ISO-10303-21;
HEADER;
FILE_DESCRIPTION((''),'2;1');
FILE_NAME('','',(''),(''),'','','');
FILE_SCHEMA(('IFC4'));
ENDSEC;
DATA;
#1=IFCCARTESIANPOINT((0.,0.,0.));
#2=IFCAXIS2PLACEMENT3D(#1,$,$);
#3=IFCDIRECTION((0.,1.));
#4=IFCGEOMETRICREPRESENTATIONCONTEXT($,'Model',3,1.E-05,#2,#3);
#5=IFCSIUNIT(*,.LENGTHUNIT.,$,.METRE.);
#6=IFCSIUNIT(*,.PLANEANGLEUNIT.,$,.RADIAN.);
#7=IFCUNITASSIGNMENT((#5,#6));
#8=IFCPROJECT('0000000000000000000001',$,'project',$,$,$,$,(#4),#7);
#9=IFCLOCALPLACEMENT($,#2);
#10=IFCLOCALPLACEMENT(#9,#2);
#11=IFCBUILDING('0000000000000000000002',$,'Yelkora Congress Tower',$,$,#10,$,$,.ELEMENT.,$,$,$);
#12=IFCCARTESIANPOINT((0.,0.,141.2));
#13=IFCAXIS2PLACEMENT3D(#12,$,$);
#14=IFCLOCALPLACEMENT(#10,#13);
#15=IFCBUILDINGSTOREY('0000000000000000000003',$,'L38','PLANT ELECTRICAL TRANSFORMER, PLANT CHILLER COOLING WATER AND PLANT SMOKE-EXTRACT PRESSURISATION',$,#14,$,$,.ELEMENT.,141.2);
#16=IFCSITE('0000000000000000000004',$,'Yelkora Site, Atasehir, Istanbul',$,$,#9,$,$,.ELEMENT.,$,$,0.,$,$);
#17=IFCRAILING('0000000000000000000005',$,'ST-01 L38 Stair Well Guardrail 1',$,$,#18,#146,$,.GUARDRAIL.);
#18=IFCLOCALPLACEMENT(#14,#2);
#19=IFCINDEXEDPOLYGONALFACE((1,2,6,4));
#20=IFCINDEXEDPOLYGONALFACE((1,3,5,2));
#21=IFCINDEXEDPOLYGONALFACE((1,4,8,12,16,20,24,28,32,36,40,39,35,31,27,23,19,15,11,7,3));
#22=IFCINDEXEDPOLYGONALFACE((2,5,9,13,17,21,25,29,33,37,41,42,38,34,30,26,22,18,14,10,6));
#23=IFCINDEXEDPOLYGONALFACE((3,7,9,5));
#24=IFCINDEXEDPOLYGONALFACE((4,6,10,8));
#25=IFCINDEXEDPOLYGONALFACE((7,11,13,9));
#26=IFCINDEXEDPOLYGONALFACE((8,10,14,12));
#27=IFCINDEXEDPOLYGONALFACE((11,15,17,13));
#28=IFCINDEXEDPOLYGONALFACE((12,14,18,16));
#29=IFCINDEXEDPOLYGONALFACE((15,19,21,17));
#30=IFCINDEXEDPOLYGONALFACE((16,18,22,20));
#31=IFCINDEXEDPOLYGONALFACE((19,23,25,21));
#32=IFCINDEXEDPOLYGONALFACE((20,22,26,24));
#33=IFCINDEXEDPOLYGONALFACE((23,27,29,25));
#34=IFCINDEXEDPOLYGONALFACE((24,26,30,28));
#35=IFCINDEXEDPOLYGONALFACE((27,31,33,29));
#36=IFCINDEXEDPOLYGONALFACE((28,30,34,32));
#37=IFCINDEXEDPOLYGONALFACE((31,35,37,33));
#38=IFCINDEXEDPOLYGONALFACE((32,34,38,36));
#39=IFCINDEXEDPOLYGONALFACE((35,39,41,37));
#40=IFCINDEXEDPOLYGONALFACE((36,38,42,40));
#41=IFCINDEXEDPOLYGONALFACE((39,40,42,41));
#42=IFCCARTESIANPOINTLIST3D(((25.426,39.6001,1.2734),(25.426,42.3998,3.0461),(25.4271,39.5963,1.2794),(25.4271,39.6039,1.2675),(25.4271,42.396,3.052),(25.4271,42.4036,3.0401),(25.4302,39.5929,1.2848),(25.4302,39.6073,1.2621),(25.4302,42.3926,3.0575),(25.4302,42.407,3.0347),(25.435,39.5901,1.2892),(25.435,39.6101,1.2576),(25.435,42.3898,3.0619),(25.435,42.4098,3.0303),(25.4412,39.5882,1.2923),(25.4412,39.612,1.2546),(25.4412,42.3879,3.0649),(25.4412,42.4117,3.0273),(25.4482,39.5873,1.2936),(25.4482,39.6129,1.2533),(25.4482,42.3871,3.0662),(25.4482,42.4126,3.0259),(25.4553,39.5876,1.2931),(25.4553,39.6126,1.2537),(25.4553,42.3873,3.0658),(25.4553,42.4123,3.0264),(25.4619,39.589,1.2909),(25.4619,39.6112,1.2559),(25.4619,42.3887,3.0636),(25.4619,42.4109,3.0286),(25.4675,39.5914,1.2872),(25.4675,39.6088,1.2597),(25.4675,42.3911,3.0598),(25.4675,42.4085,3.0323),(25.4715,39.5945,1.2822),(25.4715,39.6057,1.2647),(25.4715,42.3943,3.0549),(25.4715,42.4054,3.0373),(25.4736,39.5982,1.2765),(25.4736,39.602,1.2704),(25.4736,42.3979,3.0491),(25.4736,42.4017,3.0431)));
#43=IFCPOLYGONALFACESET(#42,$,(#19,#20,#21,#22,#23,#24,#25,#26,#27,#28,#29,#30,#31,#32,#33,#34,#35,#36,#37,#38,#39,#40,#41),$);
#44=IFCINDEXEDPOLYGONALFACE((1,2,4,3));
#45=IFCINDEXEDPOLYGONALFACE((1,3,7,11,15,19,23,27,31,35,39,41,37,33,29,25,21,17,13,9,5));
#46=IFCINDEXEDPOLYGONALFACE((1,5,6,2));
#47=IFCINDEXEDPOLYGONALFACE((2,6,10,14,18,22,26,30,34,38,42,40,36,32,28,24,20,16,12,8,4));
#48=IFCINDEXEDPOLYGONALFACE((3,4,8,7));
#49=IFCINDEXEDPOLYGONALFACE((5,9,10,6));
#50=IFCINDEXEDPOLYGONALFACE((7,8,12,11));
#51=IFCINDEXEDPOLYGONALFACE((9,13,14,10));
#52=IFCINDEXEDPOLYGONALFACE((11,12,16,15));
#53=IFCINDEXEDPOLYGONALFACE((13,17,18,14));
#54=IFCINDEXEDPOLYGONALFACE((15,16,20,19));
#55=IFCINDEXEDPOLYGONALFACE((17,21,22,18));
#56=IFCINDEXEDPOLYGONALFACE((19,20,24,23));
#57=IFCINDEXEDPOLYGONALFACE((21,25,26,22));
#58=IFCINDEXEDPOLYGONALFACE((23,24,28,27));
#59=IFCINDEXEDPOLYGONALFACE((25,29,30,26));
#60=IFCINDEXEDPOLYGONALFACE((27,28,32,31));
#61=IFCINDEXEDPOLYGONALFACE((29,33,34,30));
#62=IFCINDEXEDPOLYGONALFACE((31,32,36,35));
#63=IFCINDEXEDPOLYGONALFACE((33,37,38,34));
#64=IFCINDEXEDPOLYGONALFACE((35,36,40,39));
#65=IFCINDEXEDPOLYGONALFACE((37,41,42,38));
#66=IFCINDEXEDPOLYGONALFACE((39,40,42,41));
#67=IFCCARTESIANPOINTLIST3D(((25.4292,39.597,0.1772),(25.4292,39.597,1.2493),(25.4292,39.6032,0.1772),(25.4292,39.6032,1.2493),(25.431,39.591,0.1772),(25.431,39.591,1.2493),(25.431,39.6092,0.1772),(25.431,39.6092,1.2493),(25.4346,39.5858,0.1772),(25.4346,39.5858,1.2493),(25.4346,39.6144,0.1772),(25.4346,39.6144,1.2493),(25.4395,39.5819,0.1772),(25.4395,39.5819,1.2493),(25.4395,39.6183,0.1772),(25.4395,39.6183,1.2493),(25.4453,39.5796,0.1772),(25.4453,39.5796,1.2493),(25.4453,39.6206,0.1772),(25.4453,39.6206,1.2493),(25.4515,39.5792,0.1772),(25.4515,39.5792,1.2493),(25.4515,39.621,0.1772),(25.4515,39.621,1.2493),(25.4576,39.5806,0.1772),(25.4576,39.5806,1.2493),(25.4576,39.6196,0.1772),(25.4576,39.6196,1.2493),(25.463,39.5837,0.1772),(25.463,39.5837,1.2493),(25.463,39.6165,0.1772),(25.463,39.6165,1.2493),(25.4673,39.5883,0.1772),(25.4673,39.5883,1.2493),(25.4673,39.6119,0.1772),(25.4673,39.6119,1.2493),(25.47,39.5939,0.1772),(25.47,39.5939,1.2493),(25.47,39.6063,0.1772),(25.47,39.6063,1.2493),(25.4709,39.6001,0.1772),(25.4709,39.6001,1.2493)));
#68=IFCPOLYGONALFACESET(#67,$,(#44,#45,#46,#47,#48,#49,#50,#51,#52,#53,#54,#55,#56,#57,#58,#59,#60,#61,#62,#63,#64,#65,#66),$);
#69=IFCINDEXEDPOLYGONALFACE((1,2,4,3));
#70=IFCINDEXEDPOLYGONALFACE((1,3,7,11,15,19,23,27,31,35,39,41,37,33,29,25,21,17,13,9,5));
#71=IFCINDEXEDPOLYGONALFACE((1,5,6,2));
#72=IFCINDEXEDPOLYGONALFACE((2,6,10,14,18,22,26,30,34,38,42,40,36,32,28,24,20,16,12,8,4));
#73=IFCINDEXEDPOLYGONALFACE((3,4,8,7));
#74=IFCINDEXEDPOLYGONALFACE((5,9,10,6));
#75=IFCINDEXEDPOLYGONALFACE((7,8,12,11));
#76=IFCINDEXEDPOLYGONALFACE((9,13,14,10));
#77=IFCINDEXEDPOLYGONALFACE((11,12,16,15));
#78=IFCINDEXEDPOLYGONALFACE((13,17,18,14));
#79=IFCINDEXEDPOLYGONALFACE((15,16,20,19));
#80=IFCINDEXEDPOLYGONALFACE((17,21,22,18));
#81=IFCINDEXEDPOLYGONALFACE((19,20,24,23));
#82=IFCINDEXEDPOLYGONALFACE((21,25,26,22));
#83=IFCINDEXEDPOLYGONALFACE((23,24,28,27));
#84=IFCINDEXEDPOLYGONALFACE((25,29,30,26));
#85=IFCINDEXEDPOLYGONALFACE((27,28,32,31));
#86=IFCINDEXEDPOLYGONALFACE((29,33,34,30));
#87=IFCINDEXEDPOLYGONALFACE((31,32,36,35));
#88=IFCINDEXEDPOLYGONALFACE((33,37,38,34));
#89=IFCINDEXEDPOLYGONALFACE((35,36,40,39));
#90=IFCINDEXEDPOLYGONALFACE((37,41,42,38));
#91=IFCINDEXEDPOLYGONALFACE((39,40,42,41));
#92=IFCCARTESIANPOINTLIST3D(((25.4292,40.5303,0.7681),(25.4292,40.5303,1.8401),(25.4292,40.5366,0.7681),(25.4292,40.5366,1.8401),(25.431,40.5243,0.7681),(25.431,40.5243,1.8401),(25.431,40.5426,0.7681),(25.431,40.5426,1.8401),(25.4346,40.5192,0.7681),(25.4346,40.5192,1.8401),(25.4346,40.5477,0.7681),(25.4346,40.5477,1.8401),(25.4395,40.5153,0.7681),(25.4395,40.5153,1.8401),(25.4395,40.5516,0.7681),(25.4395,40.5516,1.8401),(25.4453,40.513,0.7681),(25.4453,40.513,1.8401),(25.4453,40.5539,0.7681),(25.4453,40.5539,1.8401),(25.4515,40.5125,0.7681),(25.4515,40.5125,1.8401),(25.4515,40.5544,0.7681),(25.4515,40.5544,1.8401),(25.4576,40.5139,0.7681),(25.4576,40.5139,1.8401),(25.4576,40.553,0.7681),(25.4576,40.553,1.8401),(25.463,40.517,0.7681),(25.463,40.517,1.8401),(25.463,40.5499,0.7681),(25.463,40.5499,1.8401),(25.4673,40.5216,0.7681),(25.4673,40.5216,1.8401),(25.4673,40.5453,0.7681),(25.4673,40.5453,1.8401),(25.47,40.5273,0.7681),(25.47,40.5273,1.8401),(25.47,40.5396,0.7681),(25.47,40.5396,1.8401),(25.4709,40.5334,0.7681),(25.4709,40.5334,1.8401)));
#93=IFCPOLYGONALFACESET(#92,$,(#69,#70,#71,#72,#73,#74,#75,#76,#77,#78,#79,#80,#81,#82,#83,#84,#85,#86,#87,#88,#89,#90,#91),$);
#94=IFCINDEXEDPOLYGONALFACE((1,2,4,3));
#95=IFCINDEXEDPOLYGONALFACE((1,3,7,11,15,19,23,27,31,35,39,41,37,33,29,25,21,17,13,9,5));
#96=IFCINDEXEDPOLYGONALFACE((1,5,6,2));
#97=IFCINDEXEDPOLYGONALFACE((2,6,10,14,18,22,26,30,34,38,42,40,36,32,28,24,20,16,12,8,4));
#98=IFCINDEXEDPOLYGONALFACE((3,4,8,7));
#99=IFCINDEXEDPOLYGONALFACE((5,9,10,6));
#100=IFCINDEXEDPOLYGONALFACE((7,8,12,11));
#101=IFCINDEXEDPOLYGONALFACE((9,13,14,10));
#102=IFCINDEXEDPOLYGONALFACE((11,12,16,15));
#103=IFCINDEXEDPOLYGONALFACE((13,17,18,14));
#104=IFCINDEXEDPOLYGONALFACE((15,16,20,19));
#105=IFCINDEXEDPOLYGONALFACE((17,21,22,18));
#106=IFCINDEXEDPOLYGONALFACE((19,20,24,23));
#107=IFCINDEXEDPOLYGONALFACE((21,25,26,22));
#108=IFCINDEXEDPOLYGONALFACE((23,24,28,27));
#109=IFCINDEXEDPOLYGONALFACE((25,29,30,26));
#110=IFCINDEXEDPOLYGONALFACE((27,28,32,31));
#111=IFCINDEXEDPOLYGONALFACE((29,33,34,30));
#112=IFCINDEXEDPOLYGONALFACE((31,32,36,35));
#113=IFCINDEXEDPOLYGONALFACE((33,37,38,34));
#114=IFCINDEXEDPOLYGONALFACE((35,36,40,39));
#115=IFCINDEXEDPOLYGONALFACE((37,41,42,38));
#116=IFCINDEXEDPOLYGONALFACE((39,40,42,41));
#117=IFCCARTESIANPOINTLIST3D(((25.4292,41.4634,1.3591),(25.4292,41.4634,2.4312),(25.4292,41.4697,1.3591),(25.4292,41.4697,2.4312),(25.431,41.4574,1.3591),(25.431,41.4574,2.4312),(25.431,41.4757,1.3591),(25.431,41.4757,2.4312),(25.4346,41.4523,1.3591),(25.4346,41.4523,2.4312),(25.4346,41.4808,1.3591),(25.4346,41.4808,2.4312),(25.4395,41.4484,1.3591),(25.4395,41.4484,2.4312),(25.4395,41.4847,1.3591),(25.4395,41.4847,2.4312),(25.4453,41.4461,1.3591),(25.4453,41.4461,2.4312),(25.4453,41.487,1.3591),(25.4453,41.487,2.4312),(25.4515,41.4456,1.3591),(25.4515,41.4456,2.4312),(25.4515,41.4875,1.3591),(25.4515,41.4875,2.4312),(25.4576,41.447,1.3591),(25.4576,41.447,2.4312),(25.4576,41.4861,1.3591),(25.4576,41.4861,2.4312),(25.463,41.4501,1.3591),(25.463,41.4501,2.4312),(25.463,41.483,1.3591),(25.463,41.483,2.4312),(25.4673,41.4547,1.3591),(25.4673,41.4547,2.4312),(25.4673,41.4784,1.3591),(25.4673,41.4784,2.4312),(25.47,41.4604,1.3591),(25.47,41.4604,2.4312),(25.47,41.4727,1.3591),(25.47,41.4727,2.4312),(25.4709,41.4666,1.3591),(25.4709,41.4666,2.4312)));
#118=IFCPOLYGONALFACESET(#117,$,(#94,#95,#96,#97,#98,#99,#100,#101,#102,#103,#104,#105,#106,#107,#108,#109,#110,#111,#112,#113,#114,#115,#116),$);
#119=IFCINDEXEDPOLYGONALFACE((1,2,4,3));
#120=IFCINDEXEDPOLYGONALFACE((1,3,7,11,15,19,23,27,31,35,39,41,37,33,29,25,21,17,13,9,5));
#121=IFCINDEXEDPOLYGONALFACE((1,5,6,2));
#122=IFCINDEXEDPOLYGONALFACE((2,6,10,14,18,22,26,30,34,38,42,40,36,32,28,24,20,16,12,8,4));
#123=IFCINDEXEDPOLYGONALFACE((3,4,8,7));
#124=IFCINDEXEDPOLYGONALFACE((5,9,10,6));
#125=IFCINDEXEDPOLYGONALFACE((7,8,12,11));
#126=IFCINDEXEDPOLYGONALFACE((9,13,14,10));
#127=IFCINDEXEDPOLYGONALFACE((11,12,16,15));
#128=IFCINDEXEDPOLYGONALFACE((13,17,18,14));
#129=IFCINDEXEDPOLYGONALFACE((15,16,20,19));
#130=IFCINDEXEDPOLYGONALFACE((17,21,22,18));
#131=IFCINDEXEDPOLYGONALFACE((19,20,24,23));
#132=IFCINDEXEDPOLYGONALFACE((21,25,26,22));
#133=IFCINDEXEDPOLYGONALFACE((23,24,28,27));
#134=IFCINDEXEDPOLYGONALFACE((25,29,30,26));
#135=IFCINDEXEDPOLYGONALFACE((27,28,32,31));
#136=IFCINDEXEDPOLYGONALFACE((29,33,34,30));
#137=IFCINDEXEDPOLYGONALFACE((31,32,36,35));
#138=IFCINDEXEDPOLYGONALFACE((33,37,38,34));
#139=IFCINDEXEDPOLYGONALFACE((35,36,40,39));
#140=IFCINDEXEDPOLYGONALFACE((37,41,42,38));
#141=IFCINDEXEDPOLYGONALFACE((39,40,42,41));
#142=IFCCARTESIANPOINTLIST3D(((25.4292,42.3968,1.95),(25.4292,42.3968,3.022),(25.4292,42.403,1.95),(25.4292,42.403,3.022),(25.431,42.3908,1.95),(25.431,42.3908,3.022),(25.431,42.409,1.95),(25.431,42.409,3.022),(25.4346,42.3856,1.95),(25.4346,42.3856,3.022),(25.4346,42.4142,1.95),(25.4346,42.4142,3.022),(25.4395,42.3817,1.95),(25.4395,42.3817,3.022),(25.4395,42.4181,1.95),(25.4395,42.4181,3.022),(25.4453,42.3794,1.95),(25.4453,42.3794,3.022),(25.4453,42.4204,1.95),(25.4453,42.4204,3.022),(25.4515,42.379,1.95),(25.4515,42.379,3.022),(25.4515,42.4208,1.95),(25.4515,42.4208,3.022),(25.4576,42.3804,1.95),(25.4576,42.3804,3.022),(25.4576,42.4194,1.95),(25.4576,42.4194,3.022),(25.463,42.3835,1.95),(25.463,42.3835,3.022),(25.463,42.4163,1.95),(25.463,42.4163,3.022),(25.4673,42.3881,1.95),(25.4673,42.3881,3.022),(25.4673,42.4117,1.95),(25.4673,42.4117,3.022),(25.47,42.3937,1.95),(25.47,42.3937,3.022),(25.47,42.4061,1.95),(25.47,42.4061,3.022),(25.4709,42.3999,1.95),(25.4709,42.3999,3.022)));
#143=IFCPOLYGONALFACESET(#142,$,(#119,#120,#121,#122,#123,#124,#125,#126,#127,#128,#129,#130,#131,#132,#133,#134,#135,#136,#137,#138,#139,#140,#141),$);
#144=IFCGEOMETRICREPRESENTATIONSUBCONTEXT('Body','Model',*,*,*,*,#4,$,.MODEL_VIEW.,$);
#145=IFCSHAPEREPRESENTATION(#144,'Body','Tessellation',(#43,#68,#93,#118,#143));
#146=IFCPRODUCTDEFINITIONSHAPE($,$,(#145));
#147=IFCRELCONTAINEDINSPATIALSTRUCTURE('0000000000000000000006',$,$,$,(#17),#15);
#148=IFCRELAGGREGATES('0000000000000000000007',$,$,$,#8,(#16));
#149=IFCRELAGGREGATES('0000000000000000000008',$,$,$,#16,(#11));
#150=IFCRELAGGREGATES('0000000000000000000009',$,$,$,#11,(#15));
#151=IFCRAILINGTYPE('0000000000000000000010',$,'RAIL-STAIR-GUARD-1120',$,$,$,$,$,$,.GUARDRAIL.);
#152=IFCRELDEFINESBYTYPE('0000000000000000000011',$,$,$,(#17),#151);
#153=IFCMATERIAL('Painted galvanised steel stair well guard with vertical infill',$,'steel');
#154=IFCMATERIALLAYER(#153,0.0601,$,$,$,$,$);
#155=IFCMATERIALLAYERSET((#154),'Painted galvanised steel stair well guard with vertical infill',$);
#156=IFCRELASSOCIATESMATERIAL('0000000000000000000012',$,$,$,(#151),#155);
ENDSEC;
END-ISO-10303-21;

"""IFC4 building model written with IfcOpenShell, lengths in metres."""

from ifc_helpers import new_model, si_unit, direction, frame, origin, origin_2d, place, context, subcontext, project, spatial, circle, extrude, material, layer, layer_set, type_object, element, save


model = new_model("IFC4")

# Units and contexts
model_context = context("Model", 3, precision=1e-05, world=origin(), true_north=direction((0.0, 1.0)))
body_context = subcontext(model_context, "Body", "Model", "MODEL_VIEW")
ifc_project = project(units=[si_unit("LENGTHUNIT", "METRE"), si_unit("PLANEANGLEUNIT", "RADIAN")], contexts=[model_context])

# Site, building, storey
site_placement = place(None, origin())
site = spatial("IfcSite", under=ifc_project, at=site_placement, Name="Yelkora Site, Atasehir, Istanbul", CompositionType="ELEMENT", RefElevation=0.0)
building_placement = place(site_placement, origin())
building = spatial("IfcBuilding", under=site, at=building_placement, Name="Yelkora Congress Tower", CompositionType="ELEMENT")
storey_placement = place(building_placement, frame((0.0, 0.0, 141.2)))
storey = spatial("IfcBuildingStorey", under=building, at=storey_placement, Name="L38", Description="PLANT ELECTRICAL TRANSFORMER, PLANT CHILLER COOLING WATER AND PLANT SMOKE-EXTRACT PRESSURISATION", CompositionType="ELEMENT", Elevation=141.2)

# Railing
ifc_material_1 = material(Name="Painted galvanised steel stair well guard with vertical infill", Category="steel")
ifc_layer_1 = layer(ifc_material_1, 0.0601)
ifc_layer_set_1 = layer_set([ifc_layer_1], Name="Painted galvanised steel stair well guard with vertical infill")
railing_type_1 = type_object("IfcRailingType", Name="RAIL-STAIR-GUARD-1120", PredefinedType="GUARDRAIL", material=ifc_layer_set_1)
railing_1_placement = place(storey_placement, frame((25.45, 39.6001, 0.1772)))
element("IfcRailing", 1, at=railing_1_placement, inside=storey, type_object=railing_type_1, Name="ST-01 L38 Stair Well Guardrail 1", PredefinedType="GUARDRAIL", context=body_context, shape_type="SweptSolid", body=[
    extrude(circle(Radius=0.0239, at=origin_2d()), frame((0.0, 0.0, 1.0962), z_axis=(0.0, 0.844888, 0.534943), x_axis=(-1.0, 0.0, 0.0)), (0.0, 0.0, 1.0), 3.3137),
    extrude(circle(Radius=0.021, at=origin_2d()), origin(), (0.0, 0.0, 1.0), 1.072),
    extrude(circle(Radius=0.021, at=origin_2d()), frame((0.0, 0.9333, 0.5908)), (0.0, 0.0, 1.0), 1.072),
    extrude(circle(Radius=0.021, at=origin_2d()), frame((0.0, 1.8665, 1.1819)), (0.0, 0.0, 1.0), 1.072),
    extrude(circle(Radius=0.021, at=origin_2d()), frame((0.0, 2.7998, 1.7727)), (0.0, 0.0, 1.0), 1.072),
])

save(model, "model.ifc")
